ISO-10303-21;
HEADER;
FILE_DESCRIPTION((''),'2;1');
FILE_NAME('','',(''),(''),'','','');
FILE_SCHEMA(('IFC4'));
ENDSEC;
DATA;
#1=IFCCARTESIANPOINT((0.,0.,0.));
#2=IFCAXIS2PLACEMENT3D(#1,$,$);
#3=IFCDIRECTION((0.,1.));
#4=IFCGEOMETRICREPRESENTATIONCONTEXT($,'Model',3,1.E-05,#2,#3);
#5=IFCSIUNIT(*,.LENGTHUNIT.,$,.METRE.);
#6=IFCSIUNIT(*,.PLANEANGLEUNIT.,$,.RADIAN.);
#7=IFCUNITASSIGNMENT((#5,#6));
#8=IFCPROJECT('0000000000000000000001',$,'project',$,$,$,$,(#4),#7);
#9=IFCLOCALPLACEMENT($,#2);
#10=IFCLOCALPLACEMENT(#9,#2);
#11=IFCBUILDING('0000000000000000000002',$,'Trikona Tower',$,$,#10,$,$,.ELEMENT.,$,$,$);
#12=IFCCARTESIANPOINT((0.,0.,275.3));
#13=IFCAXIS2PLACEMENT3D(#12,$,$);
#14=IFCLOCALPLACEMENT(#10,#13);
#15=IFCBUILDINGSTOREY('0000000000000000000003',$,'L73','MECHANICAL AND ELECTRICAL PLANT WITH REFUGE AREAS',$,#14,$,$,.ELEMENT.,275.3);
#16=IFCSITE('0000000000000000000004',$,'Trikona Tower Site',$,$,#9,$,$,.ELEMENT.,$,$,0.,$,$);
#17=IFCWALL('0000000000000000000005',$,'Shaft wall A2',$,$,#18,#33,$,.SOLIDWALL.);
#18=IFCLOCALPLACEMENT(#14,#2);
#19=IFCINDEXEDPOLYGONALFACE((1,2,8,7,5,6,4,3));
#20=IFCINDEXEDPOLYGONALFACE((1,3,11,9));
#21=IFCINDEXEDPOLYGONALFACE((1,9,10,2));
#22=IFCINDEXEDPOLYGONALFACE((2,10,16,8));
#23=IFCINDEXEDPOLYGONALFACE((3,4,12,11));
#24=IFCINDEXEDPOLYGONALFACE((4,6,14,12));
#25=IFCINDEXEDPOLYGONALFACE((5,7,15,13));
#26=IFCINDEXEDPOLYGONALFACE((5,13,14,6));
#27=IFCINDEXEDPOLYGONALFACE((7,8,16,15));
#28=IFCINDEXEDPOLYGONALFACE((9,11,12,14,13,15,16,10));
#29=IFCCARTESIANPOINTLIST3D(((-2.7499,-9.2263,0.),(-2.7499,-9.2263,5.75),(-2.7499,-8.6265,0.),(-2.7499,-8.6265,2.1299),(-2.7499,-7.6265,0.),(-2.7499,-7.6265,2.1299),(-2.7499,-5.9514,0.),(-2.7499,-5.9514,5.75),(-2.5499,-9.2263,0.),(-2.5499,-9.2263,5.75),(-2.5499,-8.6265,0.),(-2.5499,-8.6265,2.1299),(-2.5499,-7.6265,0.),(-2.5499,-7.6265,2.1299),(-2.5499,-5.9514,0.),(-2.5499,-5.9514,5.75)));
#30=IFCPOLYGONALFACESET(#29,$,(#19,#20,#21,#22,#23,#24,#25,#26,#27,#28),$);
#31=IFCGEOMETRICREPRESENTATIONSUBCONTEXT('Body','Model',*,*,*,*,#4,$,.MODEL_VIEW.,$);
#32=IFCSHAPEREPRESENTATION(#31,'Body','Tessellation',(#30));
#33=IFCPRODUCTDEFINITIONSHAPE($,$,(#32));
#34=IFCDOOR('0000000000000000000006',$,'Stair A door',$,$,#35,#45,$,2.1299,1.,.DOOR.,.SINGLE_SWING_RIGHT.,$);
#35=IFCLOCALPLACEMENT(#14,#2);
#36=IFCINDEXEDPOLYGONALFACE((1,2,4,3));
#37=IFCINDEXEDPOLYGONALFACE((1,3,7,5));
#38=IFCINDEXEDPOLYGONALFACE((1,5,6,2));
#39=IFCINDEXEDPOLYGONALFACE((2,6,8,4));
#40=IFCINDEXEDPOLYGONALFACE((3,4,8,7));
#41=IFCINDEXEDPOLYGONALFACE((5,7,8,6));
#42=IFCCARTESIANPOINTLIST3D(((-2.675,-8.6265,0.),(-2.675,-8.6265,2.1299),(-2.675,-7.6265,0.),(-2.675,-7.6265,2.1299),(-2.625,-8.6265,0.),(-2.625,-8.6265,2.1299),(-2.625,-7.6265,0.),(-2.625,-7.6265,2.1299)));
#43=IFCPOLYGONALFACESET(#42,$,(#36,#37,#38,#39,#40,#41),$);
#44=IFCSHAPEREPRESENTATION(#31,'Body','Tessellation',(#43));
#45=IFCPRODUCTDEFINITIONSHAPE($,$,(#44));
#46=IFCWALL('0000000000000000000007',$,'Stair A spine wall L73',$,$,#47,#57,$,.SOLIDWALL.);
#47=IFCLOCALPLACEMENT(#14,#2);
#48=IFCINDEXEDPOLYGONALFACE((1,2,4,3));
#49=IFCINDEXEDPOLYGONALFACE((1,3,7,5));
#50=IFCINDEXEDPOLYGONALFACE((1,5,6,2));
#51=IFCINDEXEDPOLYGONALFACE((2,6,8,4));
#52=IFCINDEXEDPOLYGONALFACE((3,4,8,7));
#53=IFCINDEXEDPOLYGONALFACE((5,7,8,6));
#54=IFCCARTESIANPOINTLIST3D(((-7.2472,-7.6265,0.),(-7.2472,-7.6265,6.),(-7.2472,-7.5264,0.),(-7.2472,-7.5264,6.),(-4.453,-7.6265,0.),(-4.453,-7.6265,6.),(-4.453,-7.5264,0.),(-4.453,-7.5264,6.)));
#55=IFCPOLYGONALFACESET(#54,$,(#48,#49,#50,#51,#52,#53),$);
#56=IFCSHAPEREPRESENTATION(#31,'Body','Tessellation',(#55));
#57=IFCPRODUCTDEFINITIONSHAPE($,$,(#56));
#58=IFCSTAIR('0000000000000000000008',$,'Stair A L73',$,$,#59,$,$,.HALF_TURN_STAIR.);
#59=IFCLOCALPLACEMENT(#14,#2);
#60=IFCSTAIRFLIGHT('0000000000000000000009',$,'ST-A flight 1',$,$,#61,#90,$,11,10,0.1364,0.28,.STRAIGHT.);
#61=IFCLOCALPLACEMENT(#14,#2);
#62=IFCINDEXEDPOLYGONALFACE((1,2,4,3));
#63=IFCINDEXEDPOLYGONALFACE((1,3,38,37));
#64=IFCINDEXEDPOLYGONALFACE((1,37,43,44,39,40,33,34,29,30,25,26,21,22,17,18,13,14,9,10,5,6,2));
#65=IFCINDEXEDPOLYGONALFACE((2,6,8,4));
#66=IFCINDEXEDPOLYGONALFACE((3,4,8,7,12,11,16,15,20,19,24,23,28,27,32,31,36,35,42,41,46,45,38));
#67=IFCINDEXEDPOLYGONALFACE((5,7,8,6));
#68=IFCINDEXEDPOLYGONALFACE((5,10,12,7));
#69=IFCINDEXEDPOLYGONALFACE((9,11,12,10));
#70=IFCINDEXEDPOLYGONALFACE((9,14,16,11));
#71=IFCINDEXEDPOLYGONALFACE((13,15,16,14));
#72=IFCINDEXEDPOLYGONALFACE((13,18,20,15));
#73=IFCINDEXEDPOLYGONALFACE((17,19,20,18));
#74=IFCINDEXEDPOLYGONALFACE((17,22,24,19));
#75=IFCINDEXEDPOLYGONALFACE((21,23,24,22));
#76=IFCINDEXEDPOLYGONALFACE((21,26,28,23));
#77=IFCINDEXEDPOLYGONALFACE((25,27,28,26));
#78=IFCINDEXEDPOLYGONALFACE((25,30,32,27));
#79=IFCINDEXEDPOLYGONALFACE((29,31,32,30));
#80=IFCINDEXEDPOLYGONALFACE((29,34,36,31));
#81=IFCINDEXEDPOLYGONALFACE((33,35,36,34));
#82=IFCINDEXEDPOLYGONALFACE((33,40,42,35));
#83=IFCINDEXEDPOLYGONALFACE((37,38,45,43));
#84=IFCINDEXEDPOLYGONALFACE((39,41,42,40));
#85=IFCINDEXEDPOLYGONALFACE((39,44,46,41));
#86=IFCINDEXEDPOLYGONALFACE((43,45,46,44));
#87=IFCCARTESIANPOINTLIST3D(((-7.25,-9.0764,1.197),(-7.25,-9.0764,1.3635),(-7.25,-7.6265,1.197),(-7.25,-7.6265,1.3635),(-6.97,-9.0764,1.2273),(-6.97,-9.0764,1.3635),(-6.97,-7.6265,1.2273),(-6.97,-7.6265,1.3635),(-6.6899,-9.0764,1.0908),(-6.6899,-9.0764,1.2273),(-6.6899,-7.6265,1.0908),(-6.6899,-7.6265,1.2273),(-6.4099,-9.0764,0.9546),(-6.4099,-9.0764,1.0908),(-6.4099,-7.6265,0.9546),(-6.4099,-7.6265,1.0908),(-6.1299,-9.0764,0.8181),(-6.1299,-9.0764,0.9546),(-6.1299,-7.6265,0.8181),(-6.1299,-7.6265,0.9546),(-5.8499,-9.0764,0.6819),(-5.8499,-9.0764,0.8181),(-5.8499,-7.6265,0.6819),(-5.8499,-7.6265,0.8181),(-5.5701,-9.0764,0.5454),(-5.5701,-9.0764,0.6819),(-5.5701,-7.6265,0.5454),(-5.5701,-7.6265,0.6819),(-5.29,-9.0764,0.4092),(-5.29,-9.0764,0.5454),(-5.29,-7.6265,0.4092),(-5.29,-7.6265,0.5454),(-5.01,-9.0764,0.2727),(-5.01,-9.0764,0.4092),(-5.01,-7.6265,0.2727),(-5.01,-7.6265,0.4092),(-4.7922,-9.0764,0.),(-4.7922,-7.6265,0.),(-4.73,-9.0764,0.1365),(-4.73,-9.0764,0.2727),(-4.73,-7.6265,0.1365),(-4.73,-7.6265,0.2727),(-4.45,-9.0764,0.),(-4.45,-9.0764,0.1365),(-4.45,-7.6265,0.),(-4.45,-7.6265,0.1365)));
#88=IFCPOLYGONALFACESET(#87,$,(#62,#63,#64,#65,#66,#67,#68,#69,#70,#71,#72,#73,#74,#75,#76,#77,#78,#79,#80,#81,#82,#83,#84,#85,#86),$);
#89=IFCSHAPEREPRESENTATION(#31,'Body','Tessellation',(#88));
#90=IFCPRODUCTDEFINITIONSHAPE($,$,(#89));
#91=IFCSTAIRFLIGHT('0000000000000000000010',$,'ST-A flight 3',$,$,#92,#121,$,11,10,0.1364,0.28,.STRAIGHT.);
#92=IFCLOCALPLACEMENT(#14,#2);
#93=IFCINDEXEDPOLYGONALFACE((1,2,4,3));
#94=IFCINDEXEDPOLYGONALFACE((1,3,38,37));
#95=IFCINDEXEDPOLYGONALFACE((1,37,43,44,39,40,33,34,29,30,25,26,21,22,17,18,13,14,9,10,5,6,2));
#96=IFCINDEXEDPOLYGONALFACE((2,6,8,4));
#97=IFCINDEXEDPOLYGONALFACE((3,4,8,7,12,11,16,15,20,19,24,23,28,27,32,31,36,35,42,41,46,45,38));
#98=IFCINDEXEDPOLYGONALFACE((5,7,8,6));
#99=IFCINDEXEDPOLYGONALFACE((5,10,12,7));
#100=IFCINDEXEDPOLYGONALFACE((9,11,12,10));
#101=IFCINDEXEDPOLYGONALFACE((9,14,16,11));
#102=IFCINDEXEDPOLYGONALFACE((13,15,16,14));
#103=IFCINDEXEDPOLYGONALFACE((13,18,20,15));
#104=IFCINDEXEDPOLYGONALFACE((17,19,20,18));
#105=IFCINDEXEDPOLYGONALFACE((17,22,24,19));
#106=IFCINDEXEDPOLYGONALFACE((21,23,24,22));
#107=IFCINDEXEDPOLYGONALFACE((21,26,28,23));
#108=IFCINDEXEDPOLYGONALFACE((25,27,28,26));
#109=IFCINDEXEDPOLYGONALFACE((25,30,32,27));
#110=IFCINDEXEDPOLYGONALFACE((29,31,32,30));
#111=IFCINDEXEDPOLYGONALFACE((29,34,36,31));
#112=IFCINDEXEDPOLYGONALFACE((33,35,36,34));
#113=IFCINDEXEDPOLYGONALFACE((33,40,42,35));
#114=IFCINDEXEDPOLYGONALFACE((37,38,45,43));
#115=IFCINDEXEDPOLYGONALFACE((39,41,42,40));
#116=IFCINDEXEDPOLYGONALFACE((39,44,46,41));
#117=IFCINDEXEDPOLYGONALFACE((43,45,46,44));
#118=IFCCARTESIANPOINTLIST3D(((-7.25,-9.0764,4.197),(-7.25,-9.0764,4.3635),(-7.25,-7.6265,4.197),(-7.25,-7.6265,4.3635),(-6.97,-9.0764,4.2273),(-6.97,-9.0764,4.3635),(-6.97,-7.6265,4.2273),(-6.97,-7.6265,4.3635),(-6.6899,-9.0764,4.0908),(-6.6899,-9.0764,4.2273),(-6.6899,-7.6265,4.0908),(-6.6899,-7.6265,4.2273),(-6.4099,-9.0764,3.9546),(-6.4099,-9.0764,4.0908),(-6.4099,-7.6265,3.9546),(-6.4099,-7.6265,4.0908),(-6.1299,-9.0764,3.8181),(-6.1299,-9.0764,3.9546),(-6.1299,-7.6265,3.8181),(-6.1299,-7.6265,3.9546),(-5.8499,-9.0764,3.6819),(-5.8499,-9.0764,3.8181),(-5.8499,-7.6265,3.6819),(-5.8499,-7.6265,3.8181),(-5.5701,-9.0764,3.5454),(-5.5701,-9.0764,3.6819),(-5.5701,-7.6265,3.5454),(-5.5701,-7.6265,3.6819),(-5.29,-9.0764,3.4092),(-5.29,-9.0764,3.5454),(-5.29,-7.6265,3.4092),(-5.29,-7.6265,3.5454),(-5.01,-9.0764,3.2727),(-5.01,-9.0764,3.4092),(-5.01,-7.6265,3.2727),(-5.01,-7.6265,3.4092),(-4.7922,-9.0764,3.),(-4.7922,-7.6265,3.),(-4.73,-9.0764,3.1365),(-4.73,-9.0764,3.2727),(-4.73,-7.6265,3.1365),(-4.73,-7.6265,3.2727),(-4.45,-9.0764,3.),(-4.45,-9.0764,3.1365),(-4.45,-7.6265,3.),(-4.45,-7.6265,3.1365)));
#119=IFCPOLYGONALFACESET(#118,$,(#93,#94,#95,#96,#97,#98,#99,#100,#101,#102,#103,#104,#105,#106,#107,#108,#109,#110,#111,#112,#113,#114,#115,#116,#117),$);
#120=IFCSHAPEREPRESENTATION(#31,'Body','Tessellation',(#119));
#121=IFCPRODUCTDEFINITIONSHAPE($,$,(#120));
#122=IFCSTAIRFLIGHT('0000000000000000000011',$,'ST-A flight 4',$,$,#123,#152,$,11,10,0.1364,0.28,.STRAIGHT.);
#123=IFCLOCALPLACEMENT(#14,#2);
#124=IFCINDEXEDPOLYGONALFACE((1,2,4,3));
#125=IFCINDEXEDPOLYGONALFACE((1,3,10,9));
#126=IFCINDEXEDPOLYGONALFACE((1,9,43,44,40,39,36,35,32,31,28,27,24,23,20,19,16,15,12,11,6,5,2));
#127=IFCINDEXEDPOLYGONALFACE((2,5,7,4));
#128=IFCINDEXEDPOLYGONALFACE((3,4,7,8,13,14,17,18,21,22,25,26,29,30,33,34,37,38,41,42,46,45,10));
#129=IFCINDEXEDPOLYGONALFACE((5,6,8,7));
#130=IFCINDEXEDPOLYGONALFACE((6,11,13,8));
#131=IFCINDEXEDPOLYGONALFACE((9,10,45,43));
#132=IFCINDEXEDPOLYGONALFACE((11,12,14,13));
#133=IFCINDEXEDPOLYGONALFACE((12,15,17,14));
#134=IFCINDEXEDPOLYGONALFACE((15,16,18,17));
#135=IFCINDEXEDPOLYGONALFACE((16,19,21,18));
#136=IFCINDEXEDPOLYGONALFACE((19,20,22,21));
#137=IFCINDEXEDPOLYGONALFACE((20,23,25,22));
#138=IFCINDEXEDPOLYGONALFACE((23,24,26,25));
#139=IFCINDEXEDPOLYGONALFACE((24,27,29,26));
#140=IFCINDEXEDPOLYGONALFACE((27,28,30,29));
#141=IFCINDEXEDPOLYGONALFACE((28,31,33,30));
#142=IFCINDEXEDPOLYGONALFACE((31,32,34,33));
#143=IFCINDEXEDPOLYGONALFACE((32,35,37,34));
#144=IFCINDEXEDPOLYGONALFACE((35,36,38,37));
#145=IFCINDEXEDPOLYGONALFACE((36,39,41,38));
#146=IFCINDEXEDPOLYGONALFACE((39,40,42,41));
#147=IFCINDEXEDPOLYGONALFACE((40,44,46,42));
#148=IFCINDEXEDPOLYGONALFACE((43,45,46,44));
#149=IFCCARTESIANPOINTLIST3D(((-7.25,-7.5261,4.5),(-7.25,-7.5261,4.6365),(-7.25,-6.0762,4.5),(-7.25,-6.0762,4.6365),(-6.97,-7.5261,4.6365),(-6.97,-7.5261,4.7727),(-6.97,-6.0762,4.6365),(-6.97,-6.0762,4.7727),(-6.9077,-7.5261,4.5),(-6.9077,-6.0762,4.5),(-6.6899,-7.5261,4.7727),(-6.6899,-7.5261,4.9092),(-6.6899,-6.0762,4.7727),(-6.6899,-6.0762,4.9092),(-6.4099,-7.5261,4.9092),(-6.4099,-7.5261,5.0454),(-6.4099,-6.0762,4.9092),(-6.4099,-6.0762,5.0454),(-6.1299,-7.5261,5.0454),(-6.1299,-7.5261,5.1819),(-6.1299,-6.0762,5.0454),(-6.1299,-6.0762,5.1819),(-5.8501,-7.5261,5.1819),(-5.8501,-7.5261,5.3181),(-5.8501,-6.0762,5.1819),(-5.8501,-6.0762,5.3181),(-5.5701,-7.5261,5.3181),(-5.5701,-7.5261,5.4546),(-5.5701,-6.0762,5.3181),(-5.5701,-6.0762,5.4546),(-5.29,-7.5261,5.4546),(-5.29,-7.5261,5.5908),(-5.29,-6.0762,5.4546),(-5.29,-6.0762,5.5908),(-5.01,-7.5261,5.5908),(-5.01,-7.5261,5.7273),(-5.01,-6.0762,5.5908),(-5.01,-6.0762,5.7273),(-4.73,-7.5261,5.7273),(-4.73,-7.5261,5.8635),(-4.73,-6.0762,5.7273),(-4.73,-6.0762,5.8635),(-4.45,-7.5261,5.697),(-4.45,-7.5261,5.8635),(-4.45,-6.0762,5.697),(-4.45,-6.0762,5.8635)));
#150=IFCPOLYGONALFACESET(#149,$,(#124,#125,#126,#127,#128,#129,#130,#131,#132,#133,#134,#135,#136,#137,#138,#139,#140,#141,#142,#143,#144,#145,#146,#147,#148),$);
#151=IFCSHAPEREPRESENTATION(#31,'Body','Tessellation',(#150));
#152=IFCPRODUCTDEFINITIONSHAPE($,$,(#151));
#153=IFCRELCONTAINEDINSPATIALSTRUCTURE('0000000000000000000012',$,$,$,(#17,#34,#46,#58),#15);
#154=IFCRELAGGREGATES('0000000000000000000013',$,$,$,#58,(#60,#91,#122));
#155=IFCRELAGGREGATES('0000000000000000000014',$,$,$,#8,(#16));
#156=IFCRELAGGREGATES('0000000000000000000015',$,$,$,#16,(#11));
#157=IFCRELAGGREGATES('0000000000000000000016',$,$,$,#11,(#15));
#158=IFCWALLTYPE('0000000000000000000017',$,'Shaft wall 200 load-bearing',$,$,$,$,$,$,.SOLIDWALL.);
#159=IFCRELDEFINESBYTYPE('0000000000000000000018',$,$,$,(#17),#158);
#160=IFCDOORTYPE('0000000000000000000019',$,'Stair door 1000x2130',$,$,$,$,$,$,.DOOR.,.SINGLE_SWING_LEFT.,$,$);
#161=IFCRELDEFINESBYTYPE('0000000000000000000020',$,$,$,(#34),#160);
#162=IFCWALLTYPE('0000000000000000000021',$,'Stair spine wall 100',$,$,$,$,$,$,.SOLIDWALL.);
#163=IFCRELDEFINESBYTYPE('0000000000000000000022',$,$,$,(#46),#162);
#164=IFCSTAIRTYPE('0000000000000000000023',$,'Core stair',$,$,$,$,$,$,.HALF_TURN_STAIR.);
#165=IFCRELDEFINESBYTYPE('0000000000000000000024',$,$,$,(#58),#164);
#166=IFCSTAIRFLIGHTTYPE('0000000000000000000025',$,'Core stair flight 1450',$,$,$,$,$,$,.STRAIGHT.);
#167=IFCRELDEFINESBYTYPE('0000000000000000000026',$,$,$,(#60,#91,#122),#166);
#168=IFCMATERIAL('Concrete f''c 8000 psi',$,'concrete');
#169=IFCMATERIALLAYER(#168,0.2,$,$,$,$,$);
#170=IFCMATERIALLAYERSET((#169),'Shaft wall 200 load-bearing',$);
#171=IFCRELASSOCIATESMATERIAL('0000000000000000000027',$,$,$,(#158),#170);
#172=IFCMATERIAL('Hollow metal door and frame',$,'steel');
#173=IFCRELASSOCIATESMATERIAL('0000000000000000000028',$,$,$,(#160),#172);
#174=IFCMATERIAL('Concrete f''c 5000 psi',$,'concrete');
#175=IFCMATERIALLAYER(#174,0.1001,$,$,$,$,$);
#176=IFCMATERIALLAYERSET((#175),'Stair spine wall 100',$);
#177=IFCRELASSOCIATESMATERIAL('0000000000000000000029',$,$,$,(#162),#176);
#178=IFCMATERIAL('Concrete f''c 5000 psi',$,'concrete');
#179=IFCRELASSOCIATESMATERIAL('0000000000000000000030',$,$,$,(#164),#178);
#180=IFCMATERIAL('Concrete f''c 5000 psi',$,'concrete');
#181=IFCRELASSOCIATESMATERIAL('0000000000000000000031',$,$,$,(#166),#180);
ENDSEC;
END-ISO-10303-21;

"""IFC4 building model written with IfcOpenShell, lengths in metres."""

from ifc_helpers import new_model, si_unit, direction, frame, frame_2d, origin, place, context, subcontext, project, spatial, polyline, rectangle, outline, extrude, material, layer, layer_set, type_object, element, fill, aggregate, save


model = new_model("IFC4")

# Units and contexts
model_context = context("Model", 3, precision=1e-05, world=origin(), true_north=direction((0.0, 1.0)))
body_context = subcontext(model_context, "Body", "Model", "MODEL_VIEW")
ifc_project = project(units=[si_unit("LENGTHUNIT", "METRE"), si_unit("PLANEANGLEUNIT", "RADIAN")], contexts=[model_context])

# Site, building, storey
site_placement = place(None, origin())
site = spatial("IfcSite", under=ifc_project, at=site_placement, Name="Trikona Tower Site", CompositionType="ELEMENT", RefElevation=0.0)
building_placement = place(site_placement, origin())
building = spatial("IfcBuilding", under=site, at=building_placement, Name="Trikona Tower", CompositionType="ELEMENT")
storey_placement = place(building_placement, frame((0.0, 0.0, 275.3)))
storey = spatial("IfcBuildingStorey", under=building, at=storey_placement, Name="L73", Description="MECHANICAL AND ELECTRICAL PLANT WITH REFUGE AREAS", CompositionType="ELEMENT", Elevation=275.3)

# Wall, opening, door
ifc_material_1 = material(Name="Concrete f'c 8000 psi", Category="concrete")
ifc_layer_1 = layer(ifc_material_1, 0.2)
ifc_layer_set_1 = layer_set([ifc_layer_1], Name="Shaft wall 200 load-bearing")
wall_type_1 = type_object("IfcWallType", Name="Shaft wall 200 load-bearing", PredefinedType="SOLIDWALL", material=ifc_layer_set_1)
wall_1_placement = place(storey_placement, frame((-2.6499, -5.9514, 0.0), z_axis=(0.0, 0.0, 1.0), x_axis=(0.0, -1.0, 0.0)))
wall_1 = element("IfcWall", 1, at=wall_1_placement, inside=storey, type_object=wall_type_1, Name="Shaft wall A2", PredefinedType="SOLIDWALL", context=body_context, shape_type="SweptSolid", body=[
    extrude(rectangle(XDim=3.2749, YDim=0.2, at=frame_2d((1.6375, 0.0))), origin(), (0.0, 0.0, 1.0), 5.75),
])
opening_1_placement = place(wall_1_placement, frame((1.675, 0.0, 0.0)))
opening_1 = element("IfcOpeningElement", 2, at=opening_1_placement, cuts=wall_1, PredefinedType="OPENING", context=body_context, shape_type="SweptSolid", body=[
    extrude(rectangle(XDim=1.0, YDim=2.1299, at=frame_2d((0.5, 1.0649))), frame((0.0, 0.1099, 0.0), z_axis=(0.0, -1.0, 0.0), x_axis=(1.0, 0.0, 0.0)), (0.0, 0.0, 1.0), 0.22),
])
ifc_material_2 = material(Name="Hollow metal door and frame", Category="steel")
door_type_1 = type_object("IfcDoorType", Name="Stair door 1000x2130", OperationType="SINGLE_SWING_LEFT", PredefinedType="DOOR", material=ifc_material_2)
door_1_placement = place(opening_1_placement, origin())
door_1 = element("IfcDoor", 3, at=door_1_placement, inside=storey, type_object=door_type_1, Name="Stair A door", OperationType="SINGLE_SWING_RIGHT", OverallHeight=2.1299, OverallWidth=1.0, PredefinedType="DOOR", context=body_context, shape_type="SweptSolid", body=[
    extrude(rectangle(XDim=1.0, YDim=2.1299, at=frame_2d((0.5, 1.0649))), frame((0.0, 0.0249, 0.0), z_axis=(0.0, -1.0, 0.0), x_axis=(1.0, 0.0, 0.0)), (0.0, 0.0, 1.0), 0.05),
])
fill(opening_1, door_1)

# Wall
ifc_material_3 = material(Name="Concrete f'c 5000 psi", Category="concrete")
ifc_layer_2 = layer(ifc_material_3, 0.1001)
ifc_layer_set_2 = layer_set([ifc_layer_2], Name="Stair spine wall 100")
wall_type_2 = type_object("IfcWallType", Name="Stair spine wall 100", PredefinedType="SOLIDWALL", material=ifc_layer_set_2)
wall_2_placement = place(storey_placement, frame((-7.2471, -7.5764, 0.0), z_axis=(0.0, 0.0, 1.0), x_axis=(1.0, 0.0, 0.0)))
element("IfcWall", 4, at=wall_2_placement, inside=storey, type_object=wall_type_2, Name="Stair A spine wall L73", PredefinedType="SOLIDWALL", context=body_context, shape_type="SweptSolid", body=[
    extrude(rectangle(XDim=2.7942, YDim=0.1001, at=frame_2d((1.397, 0.0))), origin(), (0.0, 0.0, 1.0), 6.0),
])

# Stair, stair flights
ifc_material_4 = material(Name="Concrete f'c 5000 psi", Category="concrete")
stair_type = type_object("IfcStairType", Name="Core stair", PredefinedType="HALF_TURN_STAIR", material=ifc_material_4)
stair_placement = place(storey_placement, origin())
stair = element("IfcStair", 5, at=stair_placement, inside=storey, type_object=stair_type, Name="Stair A L73", PredefinedType="HALF_TURN_STAIR")
ifc_material_5 = material(Name="Concrete f'c 5000 psi", Category="concrete")
stair_flight_type = type_object("IfcStairFlightType", Name="Core stair flight 1450", PredefinedType="STRAIGHT", material=ifc_material_5)
stair_flight_1_placement = place(storey_placement, frame((-4.45, -8.3513, 0.0), z_axis=(0.0, 0.0, 1.0), x_axis=(-1.0, 0.0, 0.0)))
stair_flight_1 = element("IfcStairFlight", 6, at=stair_flight_1_placement, type_object=stair_flight_type, Name="ST-A flight 1", NumberOfRisers=11, NumberOfTreads=10, PredefinedType="STRAIGHT", RiserHeight=0.1364, TreadLength=0.28, context=body_context, shape_type="SweptSolid", body=[
    extrude(outline(polyline([(0.0, 0.0), (0.0, 0.1365), (0.28, 0.1365), (0.28, 0.2727), (0.5601, 0.2727), (0.5601, 0.4092), (0.8401, 0.4092), (0.8401, 0.5454), (1.1201, 0.5454), (1.1201, 0.6819), (1.3999, 0.6819), (1.3999, 0.8181), (1.6799, 0.8181), (1.6799, 0.9546), (1.96, 0.9546), (1.96, 1.0908), (2.24, 1.0908), (2.24, 1.2273), (2.52, 1.2273), (2.52, 1.3635), (2.8, 1.3635), (2.8, 1.5), (2.8, 1.197), (0.3423, 0.0), (0.0, 0.0)])), frame((0.0, 0.7251, 0.0), z_axis=(0.0, -1.0, 0.0), x_axis=(1.0, 0.0, 0.0)), (0.0, 0.0, 1.0), 1.45),
])
stair_flight_2_placement = place(storey_placement, frame((-4.45, -8.3513, 3.0), z_axis=(0.0, 0.0, 1.0), x_axis=(-1.0, 0.0, 0.0)))
stair_flight_2 = element("IfcStairFlight", 7, at=stair_flight_2_placement, type_object=stair_flight_type, Name="ST-A flight 3", NumberOfRisers=11, NumberOfTreads=10, PredefinedType="STRAIGHT", RiserHeight=0.1364, TreadLength=0.28, context=body_context, shape_type="SweptSolid", body=[
    extrude(outline(polyline([(0.0, 0.0), (0.0, 0.1365), (0.28, 0.1365), (0.28, 0.2727), (0.5601, 0.2727), (0.5601, 0.4092), (0.8401, 0.4092), (0.8401, 0.5454), (1.1201, 0.5454), (1.1201, 0.6819), (1.3999, 0.6819), (1.3999, 0.8181), (1.6799, 0.8181), (1.6799, 0.9546), (1.96, 0.9546), (1.96, 1.0908), (2.24, 1.0908), (2.24, 1.2273), (2.52, 1.2273), (2.52, 1.3635), (2.8, 1.3635), (2.8, 1.5), (2.8, 1.197), (0.3423, 0.0), (0.0, 0.0)])), frame((0.0, 0.7251, 0.0), z_axis=(0.0, -1.0, 0.0), x_axis=(1.0, 0.0, 0.0)), (0.0, 0.0, 1.0), 1.45),
])
stair_flight_3_placement = place(storey_placement, frame((-7.25, -6.8013, 4.5), z_axis=(0.0, 0.0, 1.0), x_axis=(1.0, 0.0, 0.0)))
stair_flight_3 = element("IfcStairFlight", 8, at=stair_flight_3_placement, type_object=stair_flight_type, Name="ST-A flight 4", NumberOfRisers=11, NumberOfTreads=10, PredefinedType="STRAIGHT", RiserHeight=0.1364, TreadLength=0.28, context=body_context, shape_type="SweptSolid", body=[
    extrude(outline(polyline([(0.0, 0.0), (0.0, 0.1365), (0.28, 0.1365), (0.28, 0.2727), (0.5601, 0.2727), (0.5601, 0.4092), (0.8401, 0.4092), (0.8401, 0.5454), (1.1201, 0.5454), (1.1201, 0.6819), (1.3999, 0.6819), (1.3999, 0.8181), (1.6799, 0.8181), (1.6799, 0.9546), (1.96, 0.9546), (1.96, 1.0908), (2.24, 1.0908), (2.24, 1.2273), (2.52, 1.2273), (2.52, 1.3635), (2.8, 1.3635), (2.8, 1.5), (2.8, 1.197), (0.3423, 0.0), (0.0, 0.0)])), frame((0.0, 0.7251, 0.0), z_axis=(0.0, -1.0, 0.0), x_axis=(1.0, 0.0, 0.0)), (0.0, 0.0, 1.0), 1.45),
])
aggregate(stair, [stair_flight_1, stair_flight_2, stair_flight_3])

save(model, "model.ifc")
